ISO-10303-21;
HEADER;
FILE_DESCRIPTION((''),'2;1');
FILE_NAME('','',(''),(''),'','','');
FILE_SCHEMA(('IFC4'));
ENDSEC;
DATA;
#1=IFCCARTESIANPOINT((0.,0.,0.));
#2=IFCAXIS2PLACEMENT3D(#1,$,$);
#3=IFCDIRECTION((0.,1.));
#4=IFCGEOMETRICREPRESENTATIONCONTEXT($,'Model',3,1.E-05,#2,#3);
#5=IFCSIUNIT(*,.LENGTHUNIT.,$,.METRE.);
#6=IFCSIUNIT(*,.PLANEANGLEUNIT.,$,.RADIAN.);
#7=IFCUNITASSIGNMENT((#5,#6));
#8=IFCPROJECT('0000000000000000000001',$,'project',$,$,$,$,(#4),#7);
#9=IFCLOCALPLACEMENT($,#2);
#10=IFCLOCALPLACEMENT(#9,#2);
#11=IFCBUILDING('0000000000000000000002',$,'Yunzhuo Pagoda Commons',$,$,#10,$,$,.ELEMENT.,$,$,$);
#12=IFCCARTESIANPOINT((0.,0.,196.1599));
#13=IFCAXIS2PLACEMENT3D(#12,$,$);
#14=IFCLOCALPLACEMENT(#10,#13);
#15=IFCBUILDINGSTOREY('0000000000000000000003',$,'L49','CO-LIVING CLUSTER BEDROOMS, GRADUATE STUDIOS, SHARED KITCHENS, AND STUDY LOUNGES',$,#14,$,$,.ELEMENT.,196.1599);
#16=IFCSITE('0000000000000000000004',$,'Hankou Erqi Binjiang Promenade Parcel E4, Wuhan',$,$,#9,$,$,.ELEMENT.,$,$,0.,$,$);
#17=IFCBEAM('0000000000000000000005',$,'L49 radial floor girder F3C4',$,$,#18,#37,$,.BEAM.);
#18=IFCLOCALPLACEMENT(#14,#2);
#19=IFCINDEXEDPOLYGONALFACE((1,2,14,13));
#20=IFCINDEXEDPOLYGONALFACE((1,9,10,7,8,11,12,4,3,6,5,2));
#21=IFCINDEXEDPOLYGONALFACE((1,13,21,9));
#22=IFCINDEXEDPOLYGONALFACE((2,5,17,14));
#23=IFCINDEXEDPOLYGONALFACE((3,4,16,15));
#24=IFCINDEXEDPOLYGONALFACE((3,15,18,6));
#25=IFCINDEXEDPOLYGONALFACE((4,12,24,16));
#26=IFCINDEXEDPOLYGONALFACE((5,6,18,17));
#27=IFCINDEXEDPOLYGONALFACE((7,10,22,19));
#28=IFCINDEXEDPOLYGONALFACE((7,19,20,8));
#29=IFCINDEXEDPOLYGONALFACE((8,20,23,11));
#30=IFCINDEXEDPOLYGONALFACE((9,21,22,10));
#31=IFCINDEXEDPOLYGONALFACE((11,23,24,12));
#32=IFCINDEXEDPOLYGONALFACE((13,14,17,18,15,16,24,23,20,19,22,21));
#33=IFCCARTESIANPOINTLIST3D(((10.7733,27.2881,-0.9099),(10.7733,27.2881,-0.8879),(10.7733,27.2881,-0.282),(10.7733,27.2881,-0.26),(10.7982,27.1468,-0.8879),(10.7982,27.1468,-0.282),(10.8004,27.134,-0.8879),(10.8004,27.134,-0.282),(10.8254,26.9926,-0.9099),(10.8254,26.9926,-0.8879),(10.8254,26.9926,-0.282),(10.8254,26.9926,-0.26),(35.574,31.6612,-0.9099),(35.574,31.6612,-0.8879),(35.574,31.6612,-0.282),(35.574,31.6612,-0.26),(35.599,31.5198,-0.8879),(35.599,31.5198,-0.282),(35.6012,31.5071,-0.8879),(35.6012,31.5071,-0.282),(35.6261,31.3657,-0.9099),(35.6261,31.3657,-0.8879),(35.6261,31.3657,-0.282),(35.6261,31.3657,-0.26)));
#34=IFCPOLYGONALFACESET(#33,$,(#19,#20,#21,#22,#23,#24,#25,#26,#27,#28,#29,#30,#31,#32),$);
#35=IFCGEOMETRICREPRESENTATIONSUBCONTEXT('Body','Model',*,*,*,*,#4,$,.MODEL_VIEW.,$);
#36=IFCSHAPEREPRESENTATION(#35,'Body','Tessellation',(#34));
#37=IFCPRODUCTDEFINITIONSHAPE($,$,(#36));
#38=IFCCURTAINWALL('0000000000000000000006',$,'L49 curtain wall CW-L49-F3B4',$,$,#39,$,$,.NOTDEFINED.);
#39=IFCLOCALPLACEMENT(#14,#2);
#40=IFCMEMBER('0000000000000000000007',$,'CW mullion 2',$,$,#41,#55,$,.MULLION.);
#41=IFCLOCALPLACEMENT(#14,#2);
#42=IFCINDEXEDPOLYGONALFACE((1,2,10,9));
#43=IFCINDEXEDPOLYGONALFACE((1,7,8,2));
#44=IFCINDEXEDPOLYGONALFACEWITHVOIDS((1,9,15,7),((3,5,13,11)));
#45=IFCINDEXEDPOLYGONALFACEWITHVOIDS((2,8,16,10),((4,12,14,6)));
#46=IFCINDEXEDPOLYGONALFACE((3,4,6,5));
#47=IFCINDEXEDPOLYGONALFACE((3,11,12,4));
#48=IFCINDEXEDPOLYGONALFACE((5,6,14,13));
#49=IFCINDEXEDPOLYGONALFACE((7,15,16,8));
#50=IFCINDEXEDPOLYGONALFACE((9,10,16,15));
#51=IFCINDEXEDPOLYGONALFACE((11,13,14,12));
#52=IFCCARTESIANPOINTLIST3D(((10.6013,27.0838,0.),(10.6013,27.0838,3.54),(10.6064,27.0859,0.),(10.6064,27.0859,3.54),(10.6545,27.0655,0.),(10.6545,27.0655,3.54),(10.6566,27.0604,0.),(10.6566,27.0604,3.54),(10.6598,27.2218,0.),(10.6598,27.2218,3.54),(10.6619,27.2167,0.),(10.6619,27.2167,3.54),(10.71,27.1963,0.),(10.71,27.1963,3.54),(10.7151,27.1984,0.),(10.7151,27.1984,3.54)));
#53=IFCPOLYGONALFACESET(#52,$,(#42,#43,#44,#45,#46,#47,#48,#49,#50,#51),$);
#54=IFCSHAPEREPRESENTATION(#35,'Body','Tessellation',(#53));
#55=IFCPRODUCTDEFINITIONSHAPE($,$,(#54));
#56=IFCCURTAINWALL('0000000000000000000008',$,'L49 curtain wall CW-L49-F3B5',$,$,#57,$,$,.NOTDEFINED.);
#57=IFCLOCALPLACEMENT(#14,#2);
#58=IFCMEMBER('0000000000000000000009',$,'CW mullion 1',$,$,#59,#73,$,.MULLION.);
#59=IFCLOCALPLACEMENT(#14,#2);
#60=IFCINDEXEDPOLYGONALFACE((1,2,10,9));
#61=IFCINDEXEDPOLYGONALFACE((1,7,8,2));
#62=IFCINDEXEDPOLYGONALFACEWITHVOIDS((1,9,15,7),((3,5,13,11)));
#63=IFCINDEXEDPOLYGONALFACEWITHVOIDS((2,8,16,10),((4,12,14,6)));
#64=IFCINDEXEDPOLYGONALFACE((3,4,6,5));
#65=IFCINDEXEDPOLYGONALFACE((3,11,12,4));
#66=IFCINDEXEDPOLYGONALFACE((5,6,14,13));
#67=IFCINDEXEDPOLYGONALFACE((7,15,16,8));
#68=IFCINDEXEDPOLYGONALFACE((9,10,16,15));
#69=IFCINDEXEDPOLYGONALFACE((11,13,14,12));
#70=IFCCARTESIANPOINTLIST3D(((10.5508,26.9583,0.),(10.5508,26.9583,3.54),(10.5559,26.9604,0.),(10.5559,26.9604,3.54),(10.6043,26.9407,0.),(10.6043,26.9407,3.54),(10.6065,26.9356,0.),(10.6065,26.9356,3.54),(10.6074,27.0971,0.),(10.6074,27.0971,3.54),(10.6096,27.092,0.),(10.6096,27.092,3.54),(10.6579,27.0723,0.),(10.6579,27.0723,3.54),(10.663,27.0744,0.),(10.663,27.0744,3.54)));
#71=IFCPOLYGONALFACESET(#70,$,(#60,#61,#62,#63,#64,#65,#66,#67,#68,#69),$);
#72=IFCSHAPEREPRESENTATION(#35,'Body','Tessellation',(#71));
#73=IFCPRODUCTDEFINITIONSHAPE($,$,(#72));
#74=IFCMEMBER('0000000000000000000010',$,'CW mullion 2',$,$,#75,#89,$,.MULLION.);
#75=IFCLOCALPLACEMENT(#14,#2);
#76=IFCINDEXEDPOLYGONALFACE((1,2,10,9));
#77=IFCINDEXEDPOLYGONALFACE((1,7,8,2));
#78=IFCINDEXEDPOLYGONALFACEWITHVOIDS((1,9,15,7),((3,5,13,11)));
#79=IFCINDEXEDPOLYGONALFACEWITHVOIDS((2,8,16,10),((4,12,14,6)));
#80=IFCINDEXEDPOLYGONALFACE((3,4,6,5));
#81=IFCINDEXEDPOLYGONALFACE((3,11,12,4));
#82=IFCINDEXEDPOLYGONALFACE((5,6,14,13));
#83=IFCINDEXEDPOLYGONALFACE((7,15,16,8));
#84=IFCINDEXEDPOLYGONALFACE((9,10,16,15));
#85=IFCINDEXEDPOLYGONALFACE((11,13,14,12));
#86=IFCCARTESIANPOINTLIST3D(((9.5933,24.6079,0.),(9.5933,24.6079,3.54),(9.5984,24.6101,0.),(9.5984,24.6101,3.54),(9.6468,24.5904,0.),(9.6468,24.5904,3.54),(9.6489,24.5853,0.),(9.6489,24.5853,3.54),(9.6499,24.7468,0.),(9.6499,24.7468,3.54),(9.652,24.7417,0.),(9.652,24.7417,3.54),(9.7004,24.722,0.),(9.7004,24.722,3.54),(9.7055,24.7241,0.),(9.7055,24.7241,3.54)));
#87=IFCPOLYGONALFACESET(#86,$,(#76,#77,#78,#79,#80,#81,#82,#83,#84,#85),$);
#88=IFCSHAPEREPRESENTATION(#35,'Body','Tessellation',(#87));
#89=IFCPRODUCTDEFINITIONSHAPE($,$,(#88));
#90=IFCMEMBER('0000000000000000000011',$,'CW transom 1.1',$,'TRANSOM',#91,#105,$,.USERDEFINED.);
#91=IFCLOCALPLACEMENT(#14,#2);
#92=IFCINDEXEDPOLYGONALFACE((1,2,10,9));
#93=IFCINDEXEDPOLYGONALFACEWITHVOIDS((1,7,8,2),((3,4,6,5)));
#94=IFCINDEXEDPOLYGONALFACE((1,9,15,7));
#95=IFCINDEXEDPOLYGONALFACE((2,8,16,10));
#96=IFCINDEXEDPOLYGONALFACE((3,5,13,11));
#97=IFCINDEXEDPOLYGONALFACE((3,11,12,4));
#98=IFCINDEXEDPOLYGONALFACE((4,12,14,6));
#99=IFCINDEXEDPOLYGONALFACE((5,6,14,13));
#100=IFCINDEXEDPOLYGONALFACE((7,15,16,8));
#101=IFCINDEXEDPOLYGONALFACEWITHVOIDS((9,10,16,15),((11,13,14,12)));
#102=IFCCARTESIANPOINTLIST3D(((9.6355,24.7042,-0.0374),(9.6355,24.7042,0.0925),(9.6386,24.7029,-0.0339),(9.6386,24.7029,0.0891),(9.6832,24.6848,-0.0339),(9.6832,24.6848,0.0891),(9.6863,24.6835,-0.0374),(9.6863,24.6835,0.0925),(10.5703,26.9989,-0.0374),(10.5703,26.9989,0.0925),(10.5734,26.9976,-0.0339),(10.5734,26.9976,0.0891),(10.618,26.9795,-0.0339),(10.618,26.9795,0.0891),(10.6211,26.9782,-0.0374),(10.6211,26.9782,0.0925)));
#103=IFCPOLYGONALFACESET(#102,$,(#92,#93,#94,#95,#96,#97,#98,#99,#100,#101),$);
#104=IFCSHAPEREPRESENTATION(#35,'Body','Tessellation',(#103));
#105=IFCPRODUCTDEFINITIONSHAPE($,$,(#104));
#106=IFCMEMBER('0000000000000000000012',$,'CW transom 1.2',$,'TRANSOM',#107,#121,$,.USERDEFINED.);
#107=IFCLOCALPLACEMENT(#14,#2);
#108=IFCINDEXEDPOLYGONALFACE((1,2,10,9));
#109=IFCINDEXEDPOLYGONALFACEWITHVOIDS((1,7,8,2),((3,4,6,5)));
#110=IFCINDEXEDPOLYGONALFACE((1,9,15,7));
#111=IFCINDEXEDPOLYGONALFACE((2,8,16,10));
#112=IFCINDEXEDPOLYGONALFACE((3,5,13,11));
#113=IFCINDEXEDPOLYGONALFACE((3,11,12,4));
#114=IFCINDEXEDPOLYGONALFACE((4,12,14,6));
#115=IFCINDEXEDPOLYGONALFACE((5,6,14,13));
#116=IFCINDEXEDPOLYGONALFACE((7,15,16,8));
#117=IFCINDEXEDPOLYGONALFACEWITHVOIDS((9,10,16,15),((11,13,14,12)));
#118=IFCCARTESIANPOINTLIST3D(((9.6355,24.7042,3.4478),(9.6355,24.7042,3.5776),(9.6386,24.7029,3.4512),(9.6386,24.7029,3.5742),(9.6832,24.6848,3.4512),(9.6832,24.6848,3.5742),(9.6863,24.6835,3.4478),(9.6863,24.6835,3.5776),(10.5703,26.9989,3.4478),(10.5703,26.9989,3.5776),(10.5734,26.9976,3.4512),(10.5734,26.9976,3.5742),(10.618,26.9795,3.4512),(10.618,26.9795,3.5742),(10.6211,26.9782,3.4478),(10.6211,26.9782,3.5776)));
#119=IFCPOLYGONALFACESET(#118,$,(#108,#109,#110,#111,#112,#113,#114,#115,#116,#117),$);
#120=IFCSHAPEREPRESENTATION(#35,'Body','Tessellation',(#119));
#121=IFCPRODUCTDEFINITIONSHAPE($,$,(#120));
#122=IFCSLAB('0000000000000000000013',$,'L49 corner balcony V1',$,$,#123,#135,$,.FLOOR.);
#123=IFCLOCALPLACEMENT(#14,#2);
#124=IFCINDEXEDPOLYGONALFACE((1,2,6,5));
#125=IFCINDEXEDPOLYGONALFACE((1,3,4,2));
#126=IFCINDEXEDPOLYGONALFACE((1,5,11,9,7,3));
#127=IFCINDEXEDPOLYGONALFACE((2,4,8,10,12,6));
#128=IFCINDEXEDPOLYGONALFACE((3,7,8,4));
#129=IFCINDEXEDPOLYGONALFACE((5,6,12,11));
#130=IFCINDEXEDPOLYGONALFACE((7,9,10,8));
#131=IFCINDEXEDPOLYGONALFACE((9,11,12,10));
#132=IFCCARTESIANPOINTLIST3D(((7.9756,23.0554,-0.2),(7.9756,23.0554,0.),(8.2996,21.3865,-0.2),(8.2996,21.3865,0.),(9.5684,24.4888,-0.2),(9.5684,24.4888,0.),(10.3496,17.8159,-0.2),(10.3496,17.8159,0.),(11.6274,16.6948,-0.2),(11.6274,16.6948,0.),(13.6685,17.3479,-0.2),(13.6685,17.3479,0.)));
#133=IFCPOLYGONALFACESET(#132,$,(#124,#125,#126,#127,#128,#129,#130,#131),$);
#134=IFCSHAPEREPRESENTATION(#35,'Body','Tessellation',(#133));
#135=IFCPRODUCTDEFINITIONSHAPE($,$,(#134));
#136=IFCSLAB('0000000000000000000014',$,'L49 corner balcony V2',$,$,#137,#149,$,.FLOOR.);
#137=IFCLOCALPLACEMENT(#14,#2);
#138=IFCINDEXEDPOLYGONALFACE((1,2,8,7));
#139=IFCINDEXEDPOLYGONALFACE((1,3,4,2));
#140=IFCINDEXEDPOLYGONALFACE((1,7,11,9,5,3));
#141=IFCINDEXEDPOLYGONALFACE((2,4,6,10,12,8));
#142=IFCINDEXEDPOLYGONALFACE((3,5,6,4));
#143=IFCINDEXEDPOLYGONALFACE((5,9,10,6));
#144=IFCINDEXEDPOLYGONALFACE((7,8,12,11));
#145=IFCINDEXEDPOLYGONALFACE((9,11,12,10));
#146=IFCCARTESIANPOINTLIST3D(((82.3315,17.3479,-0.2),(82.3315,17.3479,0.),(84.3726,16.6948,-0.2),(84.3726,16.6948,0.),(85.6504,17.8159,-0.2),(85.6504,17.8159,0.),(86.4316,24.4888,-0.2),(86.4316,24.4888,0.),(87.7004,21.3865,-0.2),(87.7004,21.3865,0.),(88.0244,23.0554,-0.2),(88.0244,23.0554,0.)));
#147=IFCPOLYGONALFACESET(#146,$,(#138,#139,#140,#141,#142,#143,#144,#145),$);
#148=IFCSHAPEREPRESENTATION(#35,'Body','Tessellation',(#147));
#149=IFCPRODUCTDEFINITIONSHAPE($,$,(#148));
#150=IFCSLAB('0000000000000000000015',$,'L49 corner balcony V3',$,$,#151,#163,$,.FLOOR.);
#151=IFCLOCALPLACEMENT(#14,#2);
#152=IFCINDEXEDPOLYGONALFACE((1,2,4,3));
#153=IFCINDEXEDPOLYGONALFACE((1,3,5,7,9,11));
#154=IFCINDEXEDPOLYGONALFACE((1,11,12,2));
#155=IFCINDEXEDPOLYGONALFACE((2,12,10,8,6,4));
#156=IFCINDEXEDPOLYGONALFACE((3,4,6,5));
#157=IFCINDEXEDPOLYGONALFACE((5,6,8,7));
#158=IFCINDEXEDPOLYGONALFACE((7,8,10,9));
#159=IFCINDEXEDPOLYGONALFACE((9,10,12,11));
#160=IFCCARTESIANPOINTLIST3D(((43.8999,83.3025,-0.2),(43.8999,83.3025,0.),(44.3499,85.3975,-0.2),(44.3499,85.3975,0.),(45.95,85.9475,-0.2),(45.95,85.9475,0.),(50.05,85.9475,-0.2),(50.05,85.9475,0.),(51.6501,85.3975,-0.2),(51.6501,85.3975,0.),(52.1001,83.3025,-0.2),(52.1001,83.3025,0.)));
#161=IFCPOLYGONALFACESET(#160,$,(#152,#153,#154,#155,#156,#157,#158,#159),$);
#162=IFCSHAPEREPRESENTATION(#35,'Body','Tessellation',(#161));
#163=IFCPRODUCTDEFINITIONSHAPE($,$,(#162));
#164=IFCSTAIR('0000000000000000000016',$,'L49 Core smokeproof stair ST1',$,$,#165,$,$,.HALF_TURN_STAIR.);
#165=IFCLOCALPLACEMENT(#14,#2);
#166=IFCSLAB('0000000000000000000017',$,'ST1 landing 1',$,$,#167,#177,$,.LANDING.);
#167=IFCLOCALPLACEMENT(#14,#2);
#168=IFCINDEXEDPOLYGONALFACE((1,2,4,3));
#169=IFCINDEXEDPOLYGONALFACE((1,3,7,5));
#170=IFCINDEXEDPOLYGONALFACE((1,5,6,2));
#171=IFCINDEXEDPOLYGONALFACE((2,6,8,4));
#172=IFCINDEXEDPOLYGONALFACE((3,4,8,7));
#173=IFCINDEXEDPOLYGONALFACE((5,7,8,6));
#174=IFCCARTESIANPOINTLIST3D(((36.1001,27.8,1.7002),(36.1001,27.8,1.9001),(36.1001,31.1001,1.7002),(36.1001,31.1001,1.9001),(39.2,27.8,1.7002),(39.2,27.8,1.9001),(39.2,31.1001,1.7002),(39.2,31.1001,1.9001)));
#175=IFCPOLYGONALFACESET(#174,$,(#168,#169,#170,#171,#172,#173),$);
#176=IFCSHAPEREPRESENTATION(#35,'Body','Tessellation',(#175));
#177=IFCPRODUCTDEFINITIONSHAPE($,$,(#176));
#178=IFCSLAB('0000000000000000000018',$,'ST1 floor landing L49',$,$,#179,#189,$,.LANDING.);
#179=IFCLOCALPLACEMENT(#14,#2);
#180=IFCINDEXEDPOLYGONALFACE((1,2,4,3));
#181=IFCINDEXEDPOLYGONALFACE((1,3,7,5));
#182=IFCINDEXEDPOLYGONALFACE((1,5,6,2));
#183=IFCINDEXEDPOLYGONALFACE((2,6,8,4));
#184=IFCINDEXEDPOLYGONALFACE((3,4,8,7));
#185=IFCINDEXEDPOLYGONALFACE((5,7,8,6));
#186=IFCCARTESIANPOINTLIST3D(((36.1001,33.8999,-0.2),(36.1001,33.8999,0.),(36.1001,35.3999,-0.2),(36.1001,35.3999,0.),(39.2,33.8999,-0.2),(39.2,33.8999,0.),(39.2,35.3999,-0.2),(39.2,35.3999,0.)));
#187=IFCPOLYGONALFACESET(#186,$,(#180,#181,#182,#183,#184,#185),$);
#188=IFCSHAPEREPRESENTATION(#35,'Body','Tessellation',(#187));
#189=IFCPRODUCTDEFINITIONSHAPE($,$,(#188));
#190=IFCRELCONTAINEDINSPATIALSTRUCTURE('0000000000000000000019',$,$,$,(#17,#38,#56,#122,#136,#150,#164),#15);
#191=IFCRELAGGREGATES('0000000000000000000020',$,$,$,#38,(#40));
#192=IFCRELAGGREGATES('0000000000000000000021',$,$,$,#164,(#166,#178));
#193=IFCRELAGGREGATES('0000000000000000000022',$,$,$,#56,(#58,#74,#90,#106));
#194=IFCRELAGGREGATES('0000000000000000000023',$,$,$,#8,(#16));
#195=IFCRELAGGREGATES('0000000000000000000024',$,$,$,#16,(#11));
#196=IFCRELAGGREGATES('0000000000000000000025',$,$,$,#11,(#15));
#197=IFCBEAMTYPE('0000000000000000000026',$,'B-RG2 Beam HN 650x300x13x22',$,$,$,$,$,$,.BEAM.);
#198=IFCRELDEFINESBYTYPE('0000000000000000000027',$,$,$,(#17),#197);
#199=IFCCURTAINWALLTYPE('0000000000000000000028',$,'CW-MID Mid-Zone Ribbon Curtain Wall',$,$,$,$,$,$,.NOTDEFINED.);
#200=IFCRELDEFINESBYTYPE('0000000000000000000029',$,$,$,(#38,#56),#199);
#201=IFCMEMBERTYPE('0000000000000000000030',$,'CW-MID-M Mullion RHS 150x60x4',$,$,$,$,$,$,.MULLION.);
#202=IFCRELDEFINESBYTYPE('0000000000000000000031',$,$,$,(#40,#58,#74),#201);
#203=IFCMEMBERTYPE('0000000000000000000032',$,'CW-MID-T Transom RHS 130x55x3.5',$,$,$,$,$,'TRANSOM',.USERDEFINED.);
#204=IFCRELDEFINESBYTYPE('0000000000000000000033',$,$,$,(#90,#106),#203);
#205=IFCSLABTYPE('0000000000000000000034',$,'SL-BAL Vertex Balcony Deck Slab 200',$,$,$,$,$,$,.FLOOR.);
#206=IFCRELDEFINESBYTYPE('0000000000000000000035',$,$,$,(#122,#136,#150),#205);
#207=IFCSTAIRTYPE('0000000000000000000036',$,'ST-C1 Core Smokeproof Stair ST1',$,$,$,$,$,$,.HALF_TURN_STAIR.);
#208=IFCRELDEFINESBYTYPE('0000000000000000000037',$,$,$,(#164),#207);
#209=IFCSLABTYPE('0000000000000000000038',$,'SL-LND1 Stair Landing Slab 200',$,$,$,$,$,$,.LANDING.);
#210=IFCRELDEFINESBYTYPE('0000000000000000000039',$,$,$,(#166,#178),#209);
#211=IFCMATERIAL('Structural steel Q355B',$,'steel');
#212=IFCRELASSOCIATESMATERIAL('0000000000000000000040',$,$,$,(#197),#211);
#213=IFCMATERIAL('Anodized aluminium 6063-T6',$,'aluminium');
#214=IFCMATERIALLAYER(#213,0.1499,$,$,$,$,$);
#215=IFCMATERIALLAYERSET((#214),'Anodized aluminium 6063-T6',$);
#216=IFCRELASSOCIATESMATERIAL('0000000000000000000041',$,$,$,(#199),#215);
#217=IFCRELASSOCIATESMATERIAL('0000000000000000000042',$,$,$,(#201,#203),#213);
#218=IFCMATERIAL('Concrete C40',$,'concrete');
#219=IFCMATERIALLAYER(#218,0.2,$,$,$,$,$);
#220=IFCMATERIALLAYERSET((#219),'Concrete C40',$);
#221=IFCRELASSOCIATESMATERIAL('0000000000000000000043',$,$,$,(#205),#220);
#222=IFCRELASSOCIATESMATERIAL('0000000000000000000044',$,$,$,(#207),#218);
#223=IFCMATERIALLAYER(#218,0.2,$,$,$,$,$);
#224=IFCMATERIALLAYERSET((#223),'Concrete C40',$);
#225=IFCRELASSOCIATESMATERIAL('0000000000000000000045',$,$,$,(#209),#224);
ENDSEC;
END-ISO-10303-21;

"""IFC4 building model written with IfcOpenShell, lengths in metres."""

from ifc_helpers import new_model, si_unit, direction, frame, origin, origin_2d, place, context, subcontext, project, spatial, polyline, hollow_rectangle, i_section, outline, extrude, source, transform, mapped, material, layer, layer_set, material_profile, profile_set, type_object, element, aggregate, save


model = new_model("IFC4")

# Units and contexts
model_context = context("Model", 3, precision=1e-05, world=origin(), true_north=direction((0.0, 1.0)))
body_context = subcontext(model_context, "Body", "Model", "MODEL_VIEW")
ifc_project = project(units=[si_unit("LENGTHUNIT", "METRE"), si_unit("PLANEANGLEUNIT", "RADIAN")], contexts=[model_context])

# Site, building, storey
site_placement = place(None, origin())
site = spatial("IfcSite", under=ifc_project, at=site_placement, Name="Hankou Erqi Binjiang Promenade Parcel E4, Wuhan", CompositionType="ELEMENT", RefElevation=0.0)
building_placement = place(site_placement, origin())
building = spatial("IfcBuilding", under=site, at=building_placement, Name="Yunzhuo Pagoda Commons", CompositionType="ELEMENT")
storey_placement = place(building_placement, frame((0.0, 0.0, 196.1599)))
storey = spatial("IfcBuildingStorey", under=building, at=storey_placement, Name="L49", Description="CO-LIVING CLUSTER BEDROOMS, GRADUATE STUDIOS, SHARED KITCHENS, AND STUDY LOUNGES", CompositionType="ELEMENT", Elevation=196.1599)

# Beam
ifc_material_1 = material(Name="Structural steel Q355B", Category="steel")
ifc_material_profile_1 = material_profile(ifc_material_1, i_section(OverallWidth=0.3, OverallDepth=0.6499, WebThickness=0.0129, FlangeThickness=0.022, at=origin_2d()), Name="Structural steel Q355B")
ifc_profile_set_1 = profile_set([ifc_material_profile_1], Name="Structural steel Q355B")
beam_type = type_object("IfcBeamType", Name="B-RG2 Beam HN 650x300x13x22", PredefinedType="BEAM", material=ifc_profile_set_1)
shared_shape_1 = source(origin(), body_context, "Body", "SweptSolid", [
    extrude(i_section(OverallWidth=0.3, OverallDepth=0.6499, WebThickness=0.0129, FlangeThickness=0.022, at=origin_2d()), origin(), (0.0, 0.0, 1.0), 25.1833),
])
beam_placement = place(storey_placement, frame((10.7993, 27.1404, -0.585), z_axis=(0.984808, 0.173648, 0.0), x_axis=(-0.173648, 0.984808, 0.0)))
element("IfcBeam", 1, at=beam_placement, inside=storey, type_object=beam_type, Name="L49 radial floor girder F3C4", PredefinedType="BEAM", context=body_context, shape_type="MappedRepresentation", body=[
    mapped(shared_shape_1, transform((0.0, 0.0, 0.0), scale=1.0)),
])

# Curtain wall, member
ifc_material_2 = material(Name="Anodized aluminium 6063-T6", Category="aluminium")
ifc_layer_1 = layer(ifc_material_2, 0.1499)
ifc_layer_set_1 = layer_set([ifc_layer_1], Name="Anodized aluminium 6063-T6")
curtain_wall_type = type_object("IfcCurtainWallType", Name="CW-MID Mid-Zone Ribbon Curtain Wall", PredefinedType="NOTDEFINED", material=ifc_layer_set_1)
curtain_wall_1_placement = place(storey_placement, origin())
curtain_wall_1 = element("IfcCurtainWall", 2, at=curtain_wall_1_placement, inside=storey, type_object=curtain_wall_type, Name="L49 curtain wall CW-L49-F3B4", PredefinedType="NOTDEFINED")
ifc_material_profile_2 = material_profile(ifc_material_2, hollow_rectangle(XDim=0.0601, YDim=0.1499, WallThickness=0.0039, at=origin_2d()), Name="Anodized aluminium 6063-T6")
ifc_profile_set_2 = profile_set([ifc_material_profile_2], Name="Anodized aluminium 6063-T6")
member_type_1 = type_object("IfcMemberType", Name="CW-MID-M Mullion RHS 150x60x4", PredefinedType="MULLION", material=ifc_profile_set_2)
shared_shape_2 = source(origin(), body_context, "Body", "SweptSolid", [
    extrude(hollow_rectangle(XDim=0.0601, YDim=0.1499, WallThickness=0.0039, at=origin_2d()), origin(), (0.0, 0.0, 1.0), 3.54),
])
member_1_placement = place(storey_placement, frame((10.6582, 27.1411, 0.0), z_axis=(0.0, 0.0, 1.0), x_axis=(0.920667, -0.39035, 0.0)))
member_1 = element("IfcMember", 3, at=member_1_placement, type_object=member_type_1, Name="CW mullion 2", PredefinedType="MULLION", context=body_context, shape_type="MappedRepresentation", body=[
    mapped(shared_shape_2, transform((0.0, 0.0, 0.0), scale=1.0)),
])
aggregate(curtain_wall_1, [member_1])

# Curtain wall, members
curtain_wall_2_placement = place(storey_placement, origin())
curtain_wall_2 = element("IfcCurtainWall", 4, at=curtain_wall_2_placement, inside=storey, type_object=curtain_wall_type, Name="L49 curtain wall CW-L49-F3B5", PredefinedType="NOTDEFINED")
member_2_placement = place(storey_placement, frame((10.6069, 27.0164, 0.0), z_axis=(0.0, 0.0, 1.0), x_axis=(0.926071, -0.377349, 0.0)))
member_2 = element("IfcMember", 5, at=member_2_placement, type_object=member_type_1, Name="CW mullion 1", PredefinedType="MULLION", context=body_context, shape_type="MappedRepresentation", body=[
    mapped(shared_shape_2, transform((0.0, 0.0, 0.0), scale=1.0)),
])
member_3_placement = place(storey_placement, frame((9.6494, 24.666, 0.0), z_axis=(0.0, 0.0, 1.0), x_axis=(0.926071, -0.377349, 0.0)))
member_3 = element("IfcMember", 6, at=member_3_placement, type_object=member_type_1, Name="CW mullion 2", PredefinedType="MULLION", context=body_context, shape_type="MappedRepresentation", body=[
    mapped(shared_shape_2, transform((0.0, 0.0, 0.0), scale=1.0)),
])
ifc_material_profile_3 = material_profile(ifc_material_2, hollow_rectangle(XDim=0.0549, YDim=0.1299, WallThickness=0.0034, at=origin_2d()), Name="Anodized aluminium 6063-T6")
ifc_profile_set_3 = profile_set([ifc_material_profile_3], Name="Anodized aluminium 6063-T6")
member_type_2 = type_object("IfcMemberType", Name="CW-MID-T Transom RHS 130x55x3.5", ElementType="TRANSOM", PredefinedType="USERDEFINED", material=ifc_profile_set_3)
shared_shape_3 = source(origin(), body_context, "Body", "SweptSolid", [
    extrude(hollow_rectangle(XDim=0.0549, YDim=0.1299, WallThickness=0.0034, at=origin_2d()), origin(), (0.0, 0.0, 1.0), 2.4778),
])
member_4_placement = place(storey_placement, frame((10.5957, 26.9885, 0.0276), z_axis=(-0.377278, -0.9261, 0.0), x_axis=(0.9261, -0.377278, 0.0)))
member_4 = element("IfcMember", 7, at=member_4_placement, type_object=member_type_2, Name="CW transom 1.1", ObjectType="TRANSOM", PredefinedType="USERDEFINED", context=body_context, shape_type="MappedRepresentation", body=[
    mapped(shared_shape_3, transform((0.0, 0.0, 0.0), scale=1.0)),
])
member_5_placement = place(storey_placement, frame((10.5957, 26.9885, 3.5127), z_axis=(-0.377278, -0.9261, 0.0), x_axis=(0.9261, -0.377278, 0.0)))
member_5 = element("IfcMember", 8, at=member_5_placement, type_object=member_type_2, Name="CW transom 1.2", ObjectType="TRANSOM", PredefinedType="USERDEFINED", context=body_context, shape_type="MappedRepresentation", body=[
    mapped(shared_shape_3, transform((0.0, 0.0, 0.0), scale=1.0)),
])

# Slabs
ifc_material_3 = material(Name="Concrete C40", Category="concrete")
ifc_layer_2 = layer(ifc_material_3, 0.2)
ifc_layer_set_2 = layer_set([ifc_layer_2], Name="Concrete C40")
slab_type_1 = type_object("IfcSlabType", Name="SL-BAL Vertex Balcony Deck Slab 200", PredefinedType="FLOOR", material=ifc_layer_set_2)
slab_1_placement = place(storey_placement, frame((0.0, 0.0, -0.2)))
element("IfcSlab", 9, at=slab_1_placement, inside=storey, type_object=slab_type_1, Name="L49 corner balcony V1", PredefinedType="FLOOR", context=body_context, shape_type="SweptSolid", body=[
    extrude(outline(polyline([(9.5684, 24.4888), (13.6685, 17.3479), (11.6274, 16.6948), (10.3496, 17.8159), (8.2996, 21.3865), (7.9756, 23.0554), (9.5684, 24.4888)])), origin(), (0.0, 0.0, 1.0), 0.2),
])
slab_2_placement = place(storey_placement, frame((0.0, 0.0, -0.2)))
element("IfcSlab", 10, at=slab_2_placement, inside=storey, type_object=slab_type_1, Name="L49 corner balcony V2", PredefinedType="FLOOR", context=body_context, shape_type="SweptSolid", body=[
    extrude(outline(polyline([(82.3315, 17.3479), (86.4316, 24.4888), (88.0244, 23.0554), (87.7004, 21.3865), (85.6504, 17.8159), (84.3726, 16.6948), (82.3315, 17.3479)])), origin(), (0.0, 0.0, 1.0), 0.2),
])
slab_3_placement = place(storey_placement, frame((0.0, 0.0, -0.2)))
element("IfcSlab", 11, at=slab_3_placement, inside=storey, type_object=slab_type_1, Name="L49 corner balcony V3", PredefinedType="FLOOR", context=body_context, shape_type="SweptSolid", body=[
    extrude(outline(polyline([(52.1001, 83.3025), (43.8999, 83.3025), (44.3499, 85.3975), (45.95, 85.9475), (50.05, 85.9475), (51.6501, 85.3975), (52.1001, 83.3025)])), origin(), (0.0, 0.0, 1.0), 0.2),
])

# Stair, slabs
stair_type_1 = type_object("IfcStairType", Name="ST-C1 Core Smokeproof Stair ST1", PredefinedType="HALF_TURN_STAIR", material=ifc_material_3)
stair_1_placement = place(storey_placement, origin())
stair_1 = element("IfcStair", 12, at=stair_1_placement, inside=storey, type_object=stair_type_1, Name="L49 Core smokeproof stair ST1", PredefinedType="HALF_TURN_STAIR")
ifc_layer_3 = layer(ifc_material_3, 0.2)
ifc_layer_set_3 = layer_set([ifc_layer_3], Name="Concrete C40")
slab_type_2 = type_object("IfcSlabType", Name="SL-LND1 Stair Landing Slab 200", PredefinedType="LANDING", material=ifc_layer_set_3)
slab_4_placement = place(storey_placement, frame((0.0, 0.0, 1.7002)))
slab_4 = element("IfcSlab", 13, at=slab_4_placement, type_object=slab_type_2, Name="ST1 landing 1", PredefinedType="LANDING", context=body_context, shape_type="SweptSolid", body=[
    extrude(outline(polyline([(36.1001, 31.1001), (36.1001, 27.8), (39.2, 27.8), (39.2, 31.1001), (36.1001, 31.1001)])), origin(), (0.0, 0.0, 1.0), 0.2),
])
slab_5_placement = place(storey_placement, frame((0.0, 0.0, -0.2)))
slab_5 = element("IfcSlab", 14, at=slab_5_placement, type_object=slab_type_2, Name="ST1 floor landing L49", PredefinedType="LANDING", context=body_context, shape_type="SweptSolid", body=[
    extrude(outline(polyline([(36.1001, 35.3999), (36.1001, 33.8999), (39.2, 33.8999), (39.2, 35.3999), (36.1001, 35.3999)])), origin(), (0.0, 0.0, 1.0), 0.2),
])
aggregate(stair_1, [slab_4, slab_5])

aggregate(curtain_wall_2, [member_2, member_3, member_4, member_5])

save(model, "model.ifc")
